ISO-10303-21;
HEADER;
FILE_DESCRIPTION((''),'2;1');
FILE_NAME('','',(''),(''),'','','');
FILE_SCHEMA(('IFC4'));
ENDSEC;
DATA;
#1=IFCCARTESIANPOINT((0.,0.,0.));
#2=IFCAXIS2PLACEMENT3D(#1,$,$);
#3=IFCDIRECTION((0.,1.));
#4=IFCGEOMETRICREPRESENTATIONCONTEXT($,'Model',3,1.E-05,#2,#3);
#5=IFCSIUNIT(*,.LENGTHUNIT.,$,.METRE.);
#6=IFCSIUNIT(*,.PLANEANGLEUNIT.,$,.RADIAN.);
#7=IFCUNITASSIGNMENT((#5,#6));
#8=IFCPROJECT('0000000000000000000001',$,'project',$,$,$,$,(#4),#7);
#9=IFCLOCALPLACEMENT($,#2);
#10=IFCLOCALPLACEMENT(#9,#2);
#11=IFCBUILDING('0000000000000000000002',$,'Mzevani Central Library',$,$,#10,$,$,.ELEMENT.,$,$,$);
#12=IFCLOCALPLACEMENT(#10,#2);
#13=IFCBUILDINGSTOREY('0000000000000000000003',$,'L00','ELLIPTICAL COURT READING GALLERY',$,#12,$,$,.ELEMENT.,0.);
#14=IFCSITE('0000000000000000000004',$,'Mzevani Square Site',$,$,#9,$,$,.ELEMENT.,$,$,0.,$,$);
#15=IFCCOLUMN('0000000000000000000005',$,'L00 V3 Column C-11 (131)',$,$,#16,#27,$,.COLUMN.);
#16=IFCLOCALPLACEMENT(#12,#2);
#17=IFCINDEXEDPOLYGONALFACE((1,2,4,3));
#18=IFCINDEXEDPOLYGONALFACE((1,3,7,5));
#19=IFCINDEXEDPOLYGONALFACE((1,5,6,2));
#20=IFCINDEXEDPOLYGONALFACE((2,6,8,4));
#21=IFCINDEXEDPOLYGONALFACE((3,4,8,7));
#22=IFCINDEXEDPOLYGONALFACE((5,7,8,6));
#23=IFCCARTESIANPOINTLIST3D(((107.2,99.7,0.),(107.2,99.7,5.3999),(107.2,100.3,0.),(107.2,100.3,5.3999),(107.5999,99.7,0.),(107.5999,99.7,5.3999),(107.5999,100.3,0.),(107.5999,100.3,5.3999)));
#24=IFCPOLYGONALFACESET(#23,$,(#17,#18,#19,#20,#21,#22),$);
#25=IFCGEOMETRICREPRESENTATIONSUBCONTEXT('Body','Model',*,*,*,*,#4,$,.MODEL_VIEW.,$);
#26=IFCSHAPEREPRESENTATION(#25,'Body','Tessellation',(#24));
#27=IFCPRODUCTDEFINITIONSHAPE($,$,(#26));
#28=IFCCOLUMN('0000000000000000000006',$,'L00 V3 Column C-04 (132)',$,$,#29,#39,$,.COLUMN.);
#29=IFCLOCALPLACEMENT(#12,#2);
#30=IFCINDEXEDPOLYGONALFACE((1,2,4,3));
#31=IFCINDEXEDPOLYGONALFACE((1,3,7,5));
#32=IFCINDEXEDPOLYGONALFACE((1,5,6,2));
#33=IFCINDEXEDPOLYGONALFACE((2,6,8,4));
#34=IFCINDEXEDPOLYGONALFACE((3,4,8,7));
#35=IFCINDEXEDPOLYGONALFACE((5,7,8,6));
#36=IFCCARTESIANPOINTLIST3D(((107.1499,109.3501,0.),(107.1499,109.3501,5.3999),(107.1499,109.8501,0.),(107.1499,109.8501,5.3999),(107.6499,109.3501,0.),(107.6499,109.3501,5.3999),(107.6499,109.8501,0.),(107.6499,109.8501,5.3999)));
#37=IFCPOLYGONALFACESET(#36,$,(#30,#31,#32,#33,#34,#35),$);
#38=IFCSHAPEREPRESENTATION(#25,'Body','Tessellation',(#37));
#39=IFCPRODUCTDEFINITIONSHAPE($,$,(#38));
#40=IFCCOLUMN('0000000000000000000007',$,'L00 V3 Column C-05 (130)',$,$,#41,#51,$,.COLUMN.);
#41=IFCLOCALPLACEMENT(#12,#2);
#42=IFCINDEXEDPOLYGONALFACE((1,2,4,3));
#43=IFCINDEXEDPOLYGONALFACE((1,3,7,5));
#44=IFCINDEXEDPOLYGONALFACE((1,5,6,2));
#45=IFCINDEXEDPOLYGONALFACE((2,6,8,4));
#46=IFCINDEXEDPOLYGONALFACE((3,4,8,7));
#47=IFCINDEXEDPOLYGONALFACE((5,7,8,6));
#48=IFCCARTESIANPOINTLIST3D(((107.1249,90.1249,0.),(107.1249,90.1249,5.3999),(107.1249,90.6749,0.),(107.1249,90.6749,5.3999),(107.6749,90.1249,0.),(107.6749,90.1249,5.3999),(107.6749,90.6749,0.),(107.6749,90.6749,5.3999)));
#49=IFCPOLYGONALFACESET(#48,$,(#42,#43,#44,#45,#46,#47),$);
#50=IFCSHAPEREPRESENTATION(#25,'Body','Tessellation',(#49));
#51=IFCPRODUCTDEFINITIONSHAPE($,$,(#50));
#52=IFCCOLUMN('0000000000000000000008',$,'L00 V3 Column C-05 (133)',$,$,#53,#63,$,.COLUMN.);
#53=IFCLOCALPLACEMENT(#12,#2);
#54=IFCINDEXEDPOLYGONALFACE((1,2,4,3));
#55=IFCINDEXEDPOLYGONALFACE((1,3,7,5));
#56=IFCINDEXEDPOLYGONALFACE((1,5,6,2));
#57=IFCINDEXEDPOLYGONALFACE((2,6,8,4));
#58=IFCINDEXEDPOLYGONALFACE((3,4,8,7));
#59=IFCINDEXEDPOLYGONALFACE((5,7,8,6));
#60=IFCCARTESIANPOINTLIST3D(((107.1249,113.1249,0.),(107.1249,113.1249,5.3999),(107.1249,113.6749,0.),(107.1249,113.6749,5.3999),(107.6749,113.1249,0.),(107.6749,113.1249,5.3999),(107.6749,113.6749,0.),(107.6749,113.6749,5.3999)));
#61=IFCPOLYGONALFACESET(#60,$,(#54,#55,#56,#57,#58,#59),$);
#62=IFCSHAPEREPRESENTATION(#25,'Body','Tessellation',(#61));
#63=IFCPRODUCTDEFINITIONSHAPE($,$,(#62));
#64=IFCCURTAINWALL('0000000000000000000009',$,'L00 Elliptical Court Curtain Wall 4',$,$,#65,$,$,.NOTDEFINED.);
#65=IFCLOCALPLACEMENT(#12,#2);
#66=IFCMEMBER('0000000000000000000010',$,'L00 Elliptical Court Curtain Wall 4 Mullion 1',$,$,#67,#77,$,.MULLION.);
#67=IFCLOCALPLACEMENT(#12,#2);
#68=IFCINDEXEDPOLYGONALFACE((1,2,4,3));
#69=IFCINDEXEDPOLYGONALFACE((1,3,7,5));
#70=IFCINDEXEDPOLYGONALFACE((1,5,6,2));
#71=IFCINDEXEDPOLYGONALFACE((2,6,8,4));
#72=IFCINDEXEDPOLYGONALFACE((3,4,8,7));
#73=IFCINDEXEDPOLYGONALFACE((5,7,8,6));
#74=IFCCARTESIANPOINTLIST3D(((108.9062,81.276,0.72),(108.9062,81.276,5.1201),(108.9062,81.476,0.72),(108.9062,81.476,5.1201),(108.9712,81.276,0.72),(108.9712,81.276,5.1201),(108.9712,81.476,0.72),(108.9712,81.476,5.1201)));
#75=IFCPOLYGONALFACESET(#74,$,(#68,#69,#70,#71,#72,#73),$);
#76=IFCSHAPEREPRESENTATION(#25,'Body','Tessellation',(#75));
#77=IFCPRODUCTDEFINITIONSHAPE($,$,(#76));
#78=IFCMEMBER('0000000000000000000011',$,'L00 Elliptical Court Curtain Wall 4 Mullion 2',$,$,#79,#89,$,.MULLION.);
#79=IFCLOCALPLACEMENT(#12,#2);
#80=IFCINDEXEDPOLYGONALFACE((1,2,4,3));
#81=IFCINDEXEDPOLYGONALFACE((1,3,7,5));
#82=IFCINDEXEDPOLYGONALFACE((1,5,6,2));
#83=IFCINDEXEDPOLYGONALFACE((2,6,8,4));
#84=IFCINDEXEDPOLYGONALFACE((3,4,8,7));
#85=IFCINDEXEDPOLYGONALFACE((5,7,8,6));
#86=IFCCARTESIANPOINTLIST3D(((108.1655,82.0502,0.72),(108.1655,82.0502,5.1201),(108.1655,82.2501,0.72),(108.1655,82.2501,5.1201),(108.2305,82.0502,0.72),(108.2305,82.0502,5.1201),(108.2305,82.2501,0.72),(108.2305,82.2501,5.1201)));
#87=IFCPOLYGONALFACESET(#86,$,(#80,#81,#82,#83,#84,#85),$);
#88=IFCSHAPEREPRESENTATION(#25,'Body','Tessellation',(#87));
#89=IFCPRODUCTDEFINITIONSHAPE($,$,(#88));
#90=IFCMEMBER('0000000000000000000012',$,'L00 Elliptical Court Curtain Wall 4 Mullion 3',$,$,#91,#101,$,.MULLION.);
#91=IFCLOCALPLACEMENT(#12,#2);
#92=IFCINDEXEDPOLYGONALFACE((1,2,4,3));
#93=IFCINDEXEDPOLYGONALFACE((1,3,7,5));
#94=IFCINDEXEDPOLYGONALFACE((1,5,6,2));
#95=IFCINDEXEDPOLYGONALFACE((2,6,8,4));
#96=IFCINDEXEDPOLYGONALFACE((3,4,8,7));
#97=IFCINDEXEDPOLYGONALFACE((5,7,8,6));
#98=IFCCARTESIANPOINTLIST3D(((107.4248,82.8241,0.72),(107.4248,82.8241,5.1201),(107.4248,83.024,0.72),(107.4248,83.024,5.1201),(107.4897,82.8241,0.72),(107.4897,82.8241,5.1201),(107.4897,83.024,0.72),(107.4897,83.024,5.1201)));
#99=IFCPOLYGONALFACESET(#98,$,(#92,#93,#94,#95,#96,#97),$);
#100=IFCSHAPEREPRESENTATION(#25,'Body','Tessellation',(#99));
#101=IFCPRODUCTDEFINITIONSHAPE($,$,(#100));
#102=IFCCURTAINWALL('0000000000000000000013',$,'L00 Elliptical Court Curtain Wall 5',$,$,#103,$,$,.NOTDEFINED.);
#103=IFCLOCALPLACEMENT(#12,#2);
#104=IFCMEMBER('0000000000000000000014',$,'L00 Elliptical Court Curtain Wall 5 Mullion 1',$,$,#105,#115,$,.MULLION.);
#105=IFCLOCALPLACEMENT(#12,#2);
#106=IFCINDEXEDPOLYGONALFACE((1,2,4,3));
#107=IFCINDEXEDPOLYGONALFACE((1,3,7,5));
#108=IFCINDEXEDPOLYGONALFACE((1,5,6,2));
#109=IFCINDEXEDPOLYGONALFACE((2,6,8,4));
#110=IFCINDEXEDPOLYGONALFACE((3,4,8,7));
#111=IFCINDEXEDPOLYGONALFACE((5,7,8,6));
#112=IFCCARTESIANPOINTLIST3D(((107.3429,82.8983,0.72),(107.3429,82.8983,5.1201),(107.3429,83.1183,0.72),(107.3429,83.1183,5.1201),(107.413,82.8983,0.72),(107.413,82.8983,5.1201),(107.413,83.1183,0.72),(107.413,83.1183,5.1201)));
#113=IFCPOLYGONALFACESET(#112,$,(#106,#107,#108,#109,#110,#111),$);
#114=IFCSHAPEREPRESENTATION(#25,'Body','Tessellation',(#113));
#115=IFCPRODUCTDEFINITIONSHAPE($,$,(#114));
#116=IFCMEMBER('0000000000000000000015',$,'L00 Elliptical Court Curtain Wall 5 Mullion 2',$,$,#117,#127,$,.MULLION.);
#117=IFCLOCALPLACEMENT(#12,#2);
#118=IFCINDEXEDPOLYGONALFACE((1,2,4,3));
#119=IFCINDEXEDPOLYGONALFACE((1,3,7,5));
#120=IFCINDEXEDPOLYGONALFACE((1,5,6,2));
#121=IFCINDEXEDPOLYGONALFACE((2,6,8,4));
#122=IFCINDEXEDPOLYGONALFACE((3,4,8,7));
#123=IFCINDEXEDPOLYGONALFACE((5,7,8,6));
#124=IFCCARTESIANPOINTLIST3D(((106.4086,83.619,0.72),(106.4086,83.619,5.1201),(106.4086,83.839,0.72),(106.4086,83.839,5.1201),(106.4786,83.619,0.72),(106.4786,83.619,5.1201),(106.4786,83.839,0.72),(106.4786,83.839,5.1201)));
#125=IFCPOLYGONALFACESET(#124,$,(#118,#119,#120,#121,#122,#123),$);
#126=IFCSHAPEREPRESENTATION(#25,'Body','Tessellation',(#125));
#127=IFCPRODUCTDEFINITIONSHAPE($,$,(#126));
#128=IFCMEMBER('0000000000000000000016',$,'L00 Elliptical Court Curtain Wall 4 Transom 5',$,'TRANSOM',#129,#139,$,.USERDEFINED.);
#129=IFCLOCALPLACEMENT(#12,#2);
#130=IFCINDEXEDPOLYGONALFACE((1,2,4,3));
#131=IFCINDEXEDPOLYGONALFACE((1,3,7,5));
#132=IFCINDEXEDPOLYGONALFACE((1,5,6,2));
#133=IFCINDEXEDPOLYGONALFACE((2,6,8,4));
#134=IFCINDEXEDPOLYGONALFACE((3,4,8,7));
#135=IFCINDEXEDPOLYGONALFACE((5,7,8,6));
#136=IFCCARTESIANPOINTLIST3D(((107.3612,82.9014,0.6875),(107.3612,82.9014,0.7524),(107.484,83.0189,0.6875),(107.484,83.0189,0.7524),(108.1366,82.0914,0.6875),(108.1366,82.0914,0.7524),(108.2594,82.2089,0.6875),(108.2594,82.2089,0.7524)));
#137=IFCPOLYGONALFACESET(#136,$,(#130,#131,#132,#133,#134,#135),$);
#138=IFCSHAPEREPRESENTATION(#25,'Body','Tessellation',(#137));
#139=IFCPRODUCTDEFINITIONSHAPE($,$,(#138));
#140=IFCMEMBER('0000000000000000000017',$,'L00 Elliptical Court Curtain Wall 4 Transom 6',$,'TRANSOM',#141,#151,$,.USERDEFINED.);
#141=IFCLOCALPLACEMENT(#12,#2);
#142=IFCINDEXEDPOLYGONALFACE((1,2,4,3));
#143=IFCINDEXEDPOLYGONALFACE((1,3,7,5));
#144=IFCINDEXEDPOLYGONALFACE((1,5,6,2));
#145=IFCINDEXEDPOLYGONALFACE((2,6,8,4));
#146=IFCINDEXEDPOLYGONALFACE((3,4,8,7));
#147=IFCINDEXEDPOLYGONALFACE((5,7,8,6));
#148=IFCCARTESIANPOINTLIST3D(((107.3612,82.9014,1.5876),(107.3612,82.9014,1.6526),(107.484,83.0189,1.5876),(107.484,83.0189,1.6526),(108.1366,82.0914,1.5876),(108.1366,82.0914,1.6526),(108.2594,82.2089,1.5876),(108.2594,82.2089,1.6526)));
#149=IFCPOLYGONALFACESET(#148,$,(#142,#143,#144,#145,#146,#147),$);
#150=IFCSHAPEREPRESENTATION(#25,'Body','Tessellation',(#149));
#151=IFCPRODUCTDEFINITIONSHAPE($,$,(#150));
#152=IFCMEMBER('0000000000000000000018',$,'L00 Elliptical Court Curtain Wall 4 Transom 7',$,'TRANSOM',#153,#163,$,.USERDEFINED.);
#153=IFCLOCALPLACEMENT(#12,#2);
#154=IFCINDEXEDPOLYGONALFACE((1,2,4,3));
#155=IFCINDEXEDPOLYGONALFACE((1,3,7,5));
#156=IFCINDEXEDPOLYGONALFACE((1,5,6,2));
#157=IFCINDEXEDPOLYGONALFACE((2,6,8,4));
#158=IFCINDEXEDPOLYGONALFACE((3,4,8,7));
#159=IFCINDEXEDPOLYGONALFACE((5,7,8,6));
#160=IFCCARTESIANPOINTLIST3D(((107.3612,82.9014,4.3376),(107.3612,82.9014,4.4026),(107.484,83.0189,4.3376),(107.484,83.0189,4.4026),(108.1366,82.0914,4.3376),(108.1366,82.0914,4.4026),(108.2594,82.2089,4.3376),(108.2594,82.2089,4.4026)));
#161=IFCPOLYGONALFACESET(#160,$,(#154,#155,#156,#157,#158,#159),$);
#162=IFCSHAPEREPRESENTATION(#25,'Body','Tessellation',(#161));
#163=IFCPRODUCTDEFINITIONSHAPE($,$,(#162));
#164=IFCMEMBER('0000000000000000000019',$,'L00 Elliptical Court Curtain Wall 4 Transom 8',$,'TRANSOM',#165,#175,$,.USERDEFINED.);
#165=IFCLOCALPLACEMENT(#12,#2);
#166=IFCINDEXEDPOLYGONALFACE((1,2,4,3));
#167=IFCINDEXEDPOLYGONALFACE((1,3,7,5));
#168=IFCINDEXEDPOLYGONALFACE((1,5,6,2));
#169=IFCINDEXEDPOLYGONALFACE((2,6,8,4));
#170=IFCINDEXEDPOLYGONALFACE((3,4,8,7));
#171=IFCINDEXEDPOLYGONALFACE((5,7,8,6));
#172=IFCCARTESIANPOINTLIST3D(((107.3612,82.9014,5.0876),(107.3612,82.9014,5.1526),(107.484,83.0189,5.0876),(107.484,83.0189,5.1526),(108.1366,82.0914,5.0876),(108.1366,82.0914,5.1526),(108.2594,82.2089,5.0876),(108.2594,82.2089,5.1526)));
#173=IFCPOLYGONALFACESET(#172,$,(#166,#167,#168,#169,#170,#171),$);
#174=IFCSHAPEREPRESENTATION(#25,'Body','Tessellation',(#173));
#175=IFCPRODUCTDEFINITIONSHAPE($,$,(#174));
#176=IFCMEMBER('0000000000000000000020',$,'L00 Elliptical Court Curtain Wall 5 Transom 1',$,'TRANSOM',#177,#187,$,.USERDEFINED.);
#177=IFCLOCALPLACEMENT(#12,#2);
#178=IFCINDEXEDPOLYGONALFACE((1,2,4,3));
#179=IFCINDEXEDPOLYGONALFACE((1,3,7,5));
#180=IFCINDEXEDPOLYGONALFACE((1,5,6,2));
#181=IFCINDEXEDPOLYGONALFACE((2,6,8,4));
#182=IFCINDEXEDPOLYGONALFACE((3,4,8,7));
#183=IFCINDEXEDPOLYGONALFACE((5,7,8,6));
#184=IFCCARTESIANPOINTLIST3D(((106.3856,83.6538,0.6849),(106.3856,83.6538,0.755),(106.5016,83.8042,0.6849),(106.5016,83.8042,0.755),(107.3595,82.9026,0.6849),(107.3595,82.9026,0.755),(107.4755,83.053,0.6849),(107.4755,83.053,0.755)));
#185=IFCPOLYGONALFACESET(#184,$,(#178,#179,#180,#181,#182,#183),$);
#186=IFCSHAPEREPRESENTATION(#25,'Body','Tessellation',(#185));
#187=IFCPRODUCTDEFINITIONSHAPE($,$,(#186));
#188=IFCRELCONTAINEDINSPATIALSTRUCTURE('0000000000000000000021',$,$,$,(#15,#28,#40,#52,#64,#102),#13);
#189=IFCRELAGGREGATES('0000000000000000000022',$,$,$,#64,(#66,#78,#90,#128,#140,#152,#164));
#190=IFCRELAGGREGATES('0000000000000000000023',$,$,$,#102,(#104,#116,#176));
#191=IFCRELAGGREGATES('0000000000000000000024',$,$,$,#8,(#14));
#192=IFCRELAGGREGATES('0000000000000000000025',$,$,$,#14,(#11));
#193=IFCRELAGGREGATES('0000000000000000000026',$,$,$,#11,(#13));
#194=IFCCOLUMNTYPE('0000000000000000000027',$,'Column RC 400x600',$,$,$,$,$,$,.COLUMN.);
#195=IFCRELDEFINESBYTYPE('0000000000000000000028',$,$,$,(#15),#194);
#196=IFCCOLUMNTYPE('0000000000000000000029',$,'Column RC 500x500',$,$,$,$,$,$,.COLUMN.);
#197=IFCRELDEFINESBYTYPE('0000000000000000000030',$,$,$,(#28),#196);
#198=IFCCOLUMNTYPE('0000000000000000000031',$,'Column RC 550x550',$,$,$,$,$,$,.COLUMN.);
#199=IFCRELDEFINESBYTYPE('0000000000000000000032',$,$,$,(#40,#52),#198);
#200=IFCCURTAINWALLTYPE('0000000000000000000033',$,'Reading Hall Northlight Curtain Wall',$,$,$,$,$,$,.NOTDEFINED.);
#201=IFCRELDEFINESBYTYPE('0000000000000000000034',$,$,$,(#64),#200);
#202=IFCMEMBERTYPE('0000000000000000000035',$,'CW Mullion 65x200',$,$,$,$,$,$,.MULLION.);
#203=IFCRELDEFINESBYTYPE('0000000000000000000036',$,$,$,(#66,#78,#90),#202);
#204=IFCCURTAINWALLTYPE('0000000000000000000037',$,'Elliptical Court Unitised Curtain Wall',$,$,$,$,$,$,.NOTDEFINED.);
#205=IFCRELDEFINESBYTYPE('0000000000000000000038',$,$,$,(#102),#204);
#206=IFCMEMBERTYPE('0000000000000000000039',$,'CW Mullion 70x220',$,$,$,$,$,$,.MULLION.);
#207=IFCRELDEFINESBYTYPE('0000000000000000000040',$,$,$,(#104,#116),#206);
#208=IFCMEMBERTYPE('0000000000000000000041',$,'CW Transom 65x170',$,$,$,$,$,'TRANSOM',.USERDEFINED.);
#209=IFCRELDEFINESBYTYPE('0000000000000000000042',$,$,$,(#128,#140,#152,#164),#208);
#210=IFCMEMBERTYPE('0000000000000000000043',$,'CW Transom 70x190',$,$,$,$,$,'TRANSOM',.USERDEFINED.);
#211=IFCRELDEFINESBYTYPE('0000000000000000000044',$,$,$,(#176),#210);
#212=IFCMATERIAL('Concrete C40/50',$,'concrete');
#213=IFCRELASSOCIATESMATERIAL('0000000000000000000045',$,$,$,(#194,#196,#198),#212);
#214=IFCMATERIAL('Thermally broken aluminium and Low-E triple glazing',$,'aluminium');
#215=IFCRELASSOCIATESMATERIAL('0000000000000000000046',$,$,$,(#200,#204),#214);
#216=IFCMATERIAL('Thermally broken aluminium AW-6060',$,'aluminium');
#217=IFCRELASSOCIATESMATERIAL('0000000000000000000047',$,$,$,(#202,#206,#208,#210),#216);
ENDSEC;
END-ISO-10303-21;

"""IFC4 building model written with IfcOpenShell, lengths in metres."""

from ifc_helpers import new_model, si_unit, direction, frame, origin, origin_2d, place, context, subcontext, project, spatial, rectangle, extrude, material, material_profile, profile_set, type_object, element, aggregate, save


model = new_model("IFC4")

# Units and contexts
model_context = context("Model", 3, precision=1e-05, world=origin(), true_north=direction((0.0, 1.0)))
body_context = subcontext(model_context, "Body", "Model", "MODEL_VIEW")
ifc_project = project(units=[si_unit("LENGTHUNIT", "METRE"), si_unit("PLANEANGLEUNIT", "RADIAN")], contexts=[model_context])

# Site, building, storey
site_placement = place(None, origin())
site = spatial("IfcSite", under=ifc_project, at=site_placement, Name="Mzevani Square Site", CompositionType="ELEMENT", RefElevation=0.0)
building_placement = place(site_placement, origin())
building = spatial("IfcBuilding", under=site, at=building_placement, Name="Mzevani Central Library", CompositionType="ELEMENT")
storey_placement = place(building_placement, origin())
storey = spatial("IfcBuildingStorey", under=building, at=storey_placement, Name="L00", Description="ELLIPTICAL COURT READING GALLERY", CompositionType="ELEMENT", Elevation=0.0)

# Columns
ifc_material_1 = material(Name="Concrete C40/50", Category="concrete")
ifc_material_profile_1 = material_profile(ifc_material_1, rectangle(XDim=0.3999, YDim=0.6001, at=origin_2d()), Name="RC 400x600")
ifc_profile_set_1 = profile_set([ifc_material_profile_1], Name="Concrete C40/50")
column_type_1 = type_object("IfcColumnType", Name="Column RC 400x600", PredefinedType="COLUMN", material=ifc_profile_set_1)
column_1_placement = place(storey_placement, frame((107.3999, 100.0, 0.0), z_axis=(0.0, 0.0, 1.0), x_axis=(1.0, 0.0, 0.0)))
element("IfcColumn", 1, at=column_1_placement, inside=storey, type_object=column_type_1, Name="L00 V3 Column C-11 (131)", PredefinedType="COLUMN", context=body_context, shape_type="SweptSolid", body=[
    extrude(rectangle(XDim=0.3999, YDim=0.6001, at=origin_2d()), origin(), (0.0, 0.0, 1.0), 5.3999),
])
ifc_material_profile_2 = material_profile(ifc_material_1, rectangle(XDim=0.5, YDim=0.5, at=origin_2d()), Name="RC 500x500")
ifc_profile_set_2 = profile_set([ifc_material_profile_2], Name="Concrete C40/50")
column_type_2 = type_object("IfcColumnType", Name="Column RC 500x500", PredefinedType="COLUMN", material=ifc_profile_set_2)
column_2_placement = place(storey_placement, frame((107.3999, 109.6001, 0.0), z_axis=(0.0, 0.0, 1.0), x_axis=(1.0, 0.0, 0.0)))
element("IfcColumn", 2, at=column_2_placement, inside=storey, type_object=column_type_2, Name="L00 V3 Column C-04 (132)", PredefinedType="COLUMN", context=body_context, shape_type="SweptSolid", body=[
    extrude(rectangle(XDim=0.5, YDim=0.5, at=origin_2d()), origin(), (0.0, 0.0, 1.0), 5.3999),
])
ifc_material_profile_3 = material_profile(ifc_material_1, rectangle(XDim=0.55, YDim=0.55, at=origin_2d()), Name="RC 550x550")
ifc_profile_set_3 = profile_set([ifc_material_profile_3], Name="Concrete C40/50")
column_type_3 = type_object("IfcColumnType", Name="Column RC 550x550", PredefinedType="COLUMN", material=ifc_profile_set_3)
for number, where, z_axis, x_axis, name in (
    (3, (107.3999, 90.3999, 0.0), (0.0, 0.0, 1.0), (1.0, 0.0, 0.0), "L00 V3 Column C-05 (130)"),
    (4, (107.3999, 113.3999, 0.0), (0.0, 0.0, 1.0), (1.0, 0.0, 0.0), "L00 V3 Column C-05 (133)"),
):
    element("IfcColumn", number, at=place(storey_placement, frame(where, z_axis=z_axis, x_axis=x_axis)), inside=storey, type_object=column_type_3, Name=name, PredefinedType="COLUMN", context=body_context, shape_type="SweptSolid", body=[
        extrude(rectangle(XDim=0.55, YDim=0.55, at=origin_2d()), origin(), (0.0, 0.0, 1.0), 5.3999),
    ])

# Curtain walls, members
ifc_material_2 = material(Name="Thermally broken aluminium and Low-E triple glazing", Category="aluminium")
curtain_wall_type_1 = type_object("IfcCurtainWallType", Name="Reading Hall Northlight Curtain Wall", PredefinedType="NOTDEFINED", material=ifc_material_2)
curtain_wall_1_placement = place(storey_placement, origin())
curtain_wall_1 = element("IfcCurtainWall", 5, at=curtain_wall_1_placement, inside=storey, type_object=curtain_wall_type_1, Name="L00 Elliptical Court Curtain Wall 4", PredefinedType="NOTDEFINED")
ifc_material_3 = material(Name="Thermally broken aluminium AW-6060", Category="aluminium")
ifc_material_profile_4 = material_profile(ifc_material_3, rectangle(XDim=0.0649, YDim=0.2, at=origin_2d()), Name="ALU M65x200")
ifc_profile_set_4 = profile_set([ifc_material_profile_4], Name="Thermally broken aluminium AW-6060")
member_type_1 = type_object("IfcMemberType", Name="CW Mullion 65x200", PredefinedType="MULLION", material=ifc_profile_set_4)
member_1_placement = place(storey_placement, frame((108.9387, 81.376, 0.72), z_axis=(0.0, 0.0, 1.0), x_axis=(1.0, 0.0, 0.0)))
member_1 = element("IfcMember", 6, at=member_1_placement, type_object=member_type_1, Name="L00 Elliptical Court Curtain Wall 4 Mullion 1", PredefinedType="MULLION", context=body_context, shape_type="SweptSolid", body=[
    extrude(rectangle(XDim=0.0649, YDim=0.2, at=origin_2d()), origin(), (0.0, 0.0, 1.0), 4.4001),
])
member_2_placement = place(storey_placement, frame((108.198, 82.1501, 0.72), z_axis=(0.0, 0.0, 1.0), x_axis=(1.0, 0.0, 0.0)))
member_2 = element("IfcMember", 7, at=member_2_placement, type_object=member_type_1, Name="L00 Elliptical Court Curtain Wall 4 Mullion 2", PredefinedType="MULLION", context=body_context, shape_type="SweptSolid", body=[
    extrude(rectangle(XDim=0.0649, YDim=0.2, at=origin_2d()), origin(), (0.0, 0.0, 1.0), 4.4001),
])
member_3_placement = place(storey_placement, frame((107.4573, 82.9241, 0.72), z_axis=(0.0, 0.0, 1.0), x_axis=(1.0, 0.0, 0.0)))
member_3 = element("IfcMember", 8, at=member_3_placement, type_object=member_type_1, Name="L00 Elliptical Court Curtain Wall 4 Mullion 3", PredefinedType="MULLION", context=body_context, shape_type="SweptSolid", body=[
    extrude(rectangle(XDim=0.0649, YDim=0.2, at=origin_2d()), origin(), (0.0, 0.0, 1.0), 4.4001),
])
curtain_wall_type_2 = type_object("IfcCurtainWallType", Name="Elliptical Court Unitised Curtain Wall", PredefinedType="NOTDEFINED", material=ifc_material_2)
curtain_wall_2_placement = place(storey_placement, origin())
curtain_wall_2 = element("IfcCurtainWall", 9, at=curtain_wall_2_placement, inside=storey, type_object=curtain_wall_type_2, Name="L00 Elliptical Court Curtain Wall 5", PredefinedType="NOTDEFINED")
ifc_material_profile_5 = material_profile(ifc_material_3, rectangle(XDim=0.0701, YDim=0.22, at=origin_2d()), Name="ALU M70x220")
ifc_profile_set_5 = profile_set([ifc_material_profile_5], Name="Thermally broken aluminium AW-6060")
member_type_2 = type_object("IfcMemberType", Name="CW Mullion 70x220", PredefinedType="MULLION", material=ifc_profile_set_5)
member_4_placement = place(storey_placement, frame((107.3779, 83.0083, 0.72), z_axis=(0.0, 0.0, 1.0), x_axis=(1.0, 0.0, 0.0)))
member_4 = element("IfcMember", 10, at=member_4_placement, type_object=member_type_2, Name="L00 Elliptical Court Curtain Wall 5 Mullion 1", PredefinedType="MULLION", context=body_context, shape_type="SweptSolid", body=[
    extrude(rectangle(XDim=0.0701, YDim=0.22, at=origin_2d()), origin(), (0.0, 0.0, 1.0), 4.4001),
])
member_5_placement = place(storey_placement, frame((106.4436, 83.729, 0.72), z_axis=(0.0, 0.0, 1.0), x_axis=(1.0, 0.0, 0.0)))
member_5 = element("IfcMember", 11, at=member_5_placement, type_object=member_type_2, Name="L00 Elliptical Court Curtain Wall 5 Mullion 2", PredefinedType="MULLION", context=body_context, shape_type="SweptSolid", body=[
    extrude(rectangle(XDim=0.0701, YDim=0.22, at=origin_2d()), origin(), (0.0, 0.0, 1.0), 4.4001),
])

# Members
ifc_material_profile_6 = material_profile(ifc_material_3, rectangle(XDim=0.1699, YDim=0.0649, at=origin_2d()), Name="ALU T65x170")
ifc_profile_set_6 = profile_set([ifc_material_profile_6], Name="Thermally broken aluminium AW-6060")
member_type_3 = type_object("IfcMemberType", Name="CW Transom 65x170", ElementType="TRANSOM", PredefinedType="USERDEFINED", material=ifc_profile_set_6)
member_6_placement = place(storey_placement, frame((108.198, 82.1501, 0.72), z_axis=(-0.69148, 0.722396, 0.0), x_axis=(-0.722396, -0.69148, 0.0)))
member_6 = element("IfcMember", 12, at=member_6_placement, type_object=member_type_3, Name="L00 Elliptical Court Curtain Wall 4 Transom 5", ObjectType="TRANSOM", PredefinedType="USERDEFINED", context=body_context, shape_type="SweptSolid", body=[
    extrude(rectangle(XDim=0.1699, YDim=0.0649, at=origin_2d()), origin(), (0.0, 0.0, 1.0), 1.1213),
])
member_7_placement = place(storey_placement, frame((108.198, 82.1501, 1.6201), z_axis=(-0.69148, 0.722396, 0.0), x_axis=(-0.722396, -0.69148, 0.0)))
member_7 = element("IfcMember", 13, at=member_7_placement, type_object=member_type_3, Name="L00 Elliptical Court Curtain Wall 4 Transom 6", ObjectType="TRANSOM", PredefinedType="USERDEFINED", context=body_context, shape_type="SweptSolid", body=[
    extrude(rectangle(XDim=0.1699, YDim=0.0649, at=origin_2d()), origin(), (0.0, 0.0, 1.0), 1.1213),
])
member_8_placement = place(storey_placement, frame((108.198, 82.1501, 4.3701), z_axis=(-0.69148, 0.722396, 0.0), x_axis=(-0.722396, -0.69148, 0.0)))
member_8 = element("IfcMember", 14, at=member_8_placement, type_object=member_type_3, Name="L00 Elliptical Court Curtain Wall 4 Transom 7", ObjectType="TRANSOM", PredefinedType="USERDEFINED", context=body_context, shape_type="SweptSolid", body=[
    extrude(rectangle(XDim=0.1699, YDim=0.0649, at=origin_2d()), origin(), (0.0, 0.0, 1.0), 1.1213),
])
member_9_placement = place(storey_placement, frame((108.198, 82.1501, 5.1201), z_axis=(-0.69148, 0.722396, 0.0), x_axis=(-0.722396, -0.69148, 0.0)))
member_9 = element("IfcMember", 15, at=member_9_placement, type_object=member_type_3, Name="L00 Elliptical Court Curtain Wall 4 Transom 8", ObjectType="TRANSOM", PredefinedType="USERDEFINED", context=body_context, shape_type="SweptSolid", body=[
    extrude(rectangle(XDim=0.1699, YDim=0.0649, at=origin_2d()), origin(), (0.0, 0.0, 1.0), 1.1213),
])
ifc_material_profile_7 = material_profile(ifc_material_3, rectangle(XDim=0.1899, YDim=0.0701, at=origin_2d()), Name="ALU T70x190")
ifc_profile_set_7 = profile_set([ifc_material_profile_7], Name="Thermally broken aluminium AW-6060")
member_type_4 = type_object("IfcMemberType", Name="CW Transom 70x190", ElementType="TRANSOM", PredefinedType="USERDEFINED", material=ifc_profile_set_7)
member_10_placement = place(storey_placement, frame((107.4175, 82.9778, 0.72), z_axis=(-0.791804, 0.610775, 0.0), x_axis=(-0.610775, -0.791804, 0.0)))
member_10 = element("IfcMember", 16, at=member_10_placement, type_object=member_type_4, Name="L00 Elliptical Court Curtain Wall 5 Transom 1", ObjectType="TRANSOM", PredefinedType="USERDEFINED", context=body_context, shape_type="SweptSolid", body=[
    extrude(rectangle(XDim=0.1899, YDim=0.0701, at=origin_2d()), origin(), (0.0, 0.0, 1.0), 1.23),
])

aggregate(curtain_wall_1, [member_1, member_2, member_3, member_6, member_7, member_8, member_9])
aggregate(curtain_wall_2, [member_4, member_5, member_10])

save(model, "model.ifc")
